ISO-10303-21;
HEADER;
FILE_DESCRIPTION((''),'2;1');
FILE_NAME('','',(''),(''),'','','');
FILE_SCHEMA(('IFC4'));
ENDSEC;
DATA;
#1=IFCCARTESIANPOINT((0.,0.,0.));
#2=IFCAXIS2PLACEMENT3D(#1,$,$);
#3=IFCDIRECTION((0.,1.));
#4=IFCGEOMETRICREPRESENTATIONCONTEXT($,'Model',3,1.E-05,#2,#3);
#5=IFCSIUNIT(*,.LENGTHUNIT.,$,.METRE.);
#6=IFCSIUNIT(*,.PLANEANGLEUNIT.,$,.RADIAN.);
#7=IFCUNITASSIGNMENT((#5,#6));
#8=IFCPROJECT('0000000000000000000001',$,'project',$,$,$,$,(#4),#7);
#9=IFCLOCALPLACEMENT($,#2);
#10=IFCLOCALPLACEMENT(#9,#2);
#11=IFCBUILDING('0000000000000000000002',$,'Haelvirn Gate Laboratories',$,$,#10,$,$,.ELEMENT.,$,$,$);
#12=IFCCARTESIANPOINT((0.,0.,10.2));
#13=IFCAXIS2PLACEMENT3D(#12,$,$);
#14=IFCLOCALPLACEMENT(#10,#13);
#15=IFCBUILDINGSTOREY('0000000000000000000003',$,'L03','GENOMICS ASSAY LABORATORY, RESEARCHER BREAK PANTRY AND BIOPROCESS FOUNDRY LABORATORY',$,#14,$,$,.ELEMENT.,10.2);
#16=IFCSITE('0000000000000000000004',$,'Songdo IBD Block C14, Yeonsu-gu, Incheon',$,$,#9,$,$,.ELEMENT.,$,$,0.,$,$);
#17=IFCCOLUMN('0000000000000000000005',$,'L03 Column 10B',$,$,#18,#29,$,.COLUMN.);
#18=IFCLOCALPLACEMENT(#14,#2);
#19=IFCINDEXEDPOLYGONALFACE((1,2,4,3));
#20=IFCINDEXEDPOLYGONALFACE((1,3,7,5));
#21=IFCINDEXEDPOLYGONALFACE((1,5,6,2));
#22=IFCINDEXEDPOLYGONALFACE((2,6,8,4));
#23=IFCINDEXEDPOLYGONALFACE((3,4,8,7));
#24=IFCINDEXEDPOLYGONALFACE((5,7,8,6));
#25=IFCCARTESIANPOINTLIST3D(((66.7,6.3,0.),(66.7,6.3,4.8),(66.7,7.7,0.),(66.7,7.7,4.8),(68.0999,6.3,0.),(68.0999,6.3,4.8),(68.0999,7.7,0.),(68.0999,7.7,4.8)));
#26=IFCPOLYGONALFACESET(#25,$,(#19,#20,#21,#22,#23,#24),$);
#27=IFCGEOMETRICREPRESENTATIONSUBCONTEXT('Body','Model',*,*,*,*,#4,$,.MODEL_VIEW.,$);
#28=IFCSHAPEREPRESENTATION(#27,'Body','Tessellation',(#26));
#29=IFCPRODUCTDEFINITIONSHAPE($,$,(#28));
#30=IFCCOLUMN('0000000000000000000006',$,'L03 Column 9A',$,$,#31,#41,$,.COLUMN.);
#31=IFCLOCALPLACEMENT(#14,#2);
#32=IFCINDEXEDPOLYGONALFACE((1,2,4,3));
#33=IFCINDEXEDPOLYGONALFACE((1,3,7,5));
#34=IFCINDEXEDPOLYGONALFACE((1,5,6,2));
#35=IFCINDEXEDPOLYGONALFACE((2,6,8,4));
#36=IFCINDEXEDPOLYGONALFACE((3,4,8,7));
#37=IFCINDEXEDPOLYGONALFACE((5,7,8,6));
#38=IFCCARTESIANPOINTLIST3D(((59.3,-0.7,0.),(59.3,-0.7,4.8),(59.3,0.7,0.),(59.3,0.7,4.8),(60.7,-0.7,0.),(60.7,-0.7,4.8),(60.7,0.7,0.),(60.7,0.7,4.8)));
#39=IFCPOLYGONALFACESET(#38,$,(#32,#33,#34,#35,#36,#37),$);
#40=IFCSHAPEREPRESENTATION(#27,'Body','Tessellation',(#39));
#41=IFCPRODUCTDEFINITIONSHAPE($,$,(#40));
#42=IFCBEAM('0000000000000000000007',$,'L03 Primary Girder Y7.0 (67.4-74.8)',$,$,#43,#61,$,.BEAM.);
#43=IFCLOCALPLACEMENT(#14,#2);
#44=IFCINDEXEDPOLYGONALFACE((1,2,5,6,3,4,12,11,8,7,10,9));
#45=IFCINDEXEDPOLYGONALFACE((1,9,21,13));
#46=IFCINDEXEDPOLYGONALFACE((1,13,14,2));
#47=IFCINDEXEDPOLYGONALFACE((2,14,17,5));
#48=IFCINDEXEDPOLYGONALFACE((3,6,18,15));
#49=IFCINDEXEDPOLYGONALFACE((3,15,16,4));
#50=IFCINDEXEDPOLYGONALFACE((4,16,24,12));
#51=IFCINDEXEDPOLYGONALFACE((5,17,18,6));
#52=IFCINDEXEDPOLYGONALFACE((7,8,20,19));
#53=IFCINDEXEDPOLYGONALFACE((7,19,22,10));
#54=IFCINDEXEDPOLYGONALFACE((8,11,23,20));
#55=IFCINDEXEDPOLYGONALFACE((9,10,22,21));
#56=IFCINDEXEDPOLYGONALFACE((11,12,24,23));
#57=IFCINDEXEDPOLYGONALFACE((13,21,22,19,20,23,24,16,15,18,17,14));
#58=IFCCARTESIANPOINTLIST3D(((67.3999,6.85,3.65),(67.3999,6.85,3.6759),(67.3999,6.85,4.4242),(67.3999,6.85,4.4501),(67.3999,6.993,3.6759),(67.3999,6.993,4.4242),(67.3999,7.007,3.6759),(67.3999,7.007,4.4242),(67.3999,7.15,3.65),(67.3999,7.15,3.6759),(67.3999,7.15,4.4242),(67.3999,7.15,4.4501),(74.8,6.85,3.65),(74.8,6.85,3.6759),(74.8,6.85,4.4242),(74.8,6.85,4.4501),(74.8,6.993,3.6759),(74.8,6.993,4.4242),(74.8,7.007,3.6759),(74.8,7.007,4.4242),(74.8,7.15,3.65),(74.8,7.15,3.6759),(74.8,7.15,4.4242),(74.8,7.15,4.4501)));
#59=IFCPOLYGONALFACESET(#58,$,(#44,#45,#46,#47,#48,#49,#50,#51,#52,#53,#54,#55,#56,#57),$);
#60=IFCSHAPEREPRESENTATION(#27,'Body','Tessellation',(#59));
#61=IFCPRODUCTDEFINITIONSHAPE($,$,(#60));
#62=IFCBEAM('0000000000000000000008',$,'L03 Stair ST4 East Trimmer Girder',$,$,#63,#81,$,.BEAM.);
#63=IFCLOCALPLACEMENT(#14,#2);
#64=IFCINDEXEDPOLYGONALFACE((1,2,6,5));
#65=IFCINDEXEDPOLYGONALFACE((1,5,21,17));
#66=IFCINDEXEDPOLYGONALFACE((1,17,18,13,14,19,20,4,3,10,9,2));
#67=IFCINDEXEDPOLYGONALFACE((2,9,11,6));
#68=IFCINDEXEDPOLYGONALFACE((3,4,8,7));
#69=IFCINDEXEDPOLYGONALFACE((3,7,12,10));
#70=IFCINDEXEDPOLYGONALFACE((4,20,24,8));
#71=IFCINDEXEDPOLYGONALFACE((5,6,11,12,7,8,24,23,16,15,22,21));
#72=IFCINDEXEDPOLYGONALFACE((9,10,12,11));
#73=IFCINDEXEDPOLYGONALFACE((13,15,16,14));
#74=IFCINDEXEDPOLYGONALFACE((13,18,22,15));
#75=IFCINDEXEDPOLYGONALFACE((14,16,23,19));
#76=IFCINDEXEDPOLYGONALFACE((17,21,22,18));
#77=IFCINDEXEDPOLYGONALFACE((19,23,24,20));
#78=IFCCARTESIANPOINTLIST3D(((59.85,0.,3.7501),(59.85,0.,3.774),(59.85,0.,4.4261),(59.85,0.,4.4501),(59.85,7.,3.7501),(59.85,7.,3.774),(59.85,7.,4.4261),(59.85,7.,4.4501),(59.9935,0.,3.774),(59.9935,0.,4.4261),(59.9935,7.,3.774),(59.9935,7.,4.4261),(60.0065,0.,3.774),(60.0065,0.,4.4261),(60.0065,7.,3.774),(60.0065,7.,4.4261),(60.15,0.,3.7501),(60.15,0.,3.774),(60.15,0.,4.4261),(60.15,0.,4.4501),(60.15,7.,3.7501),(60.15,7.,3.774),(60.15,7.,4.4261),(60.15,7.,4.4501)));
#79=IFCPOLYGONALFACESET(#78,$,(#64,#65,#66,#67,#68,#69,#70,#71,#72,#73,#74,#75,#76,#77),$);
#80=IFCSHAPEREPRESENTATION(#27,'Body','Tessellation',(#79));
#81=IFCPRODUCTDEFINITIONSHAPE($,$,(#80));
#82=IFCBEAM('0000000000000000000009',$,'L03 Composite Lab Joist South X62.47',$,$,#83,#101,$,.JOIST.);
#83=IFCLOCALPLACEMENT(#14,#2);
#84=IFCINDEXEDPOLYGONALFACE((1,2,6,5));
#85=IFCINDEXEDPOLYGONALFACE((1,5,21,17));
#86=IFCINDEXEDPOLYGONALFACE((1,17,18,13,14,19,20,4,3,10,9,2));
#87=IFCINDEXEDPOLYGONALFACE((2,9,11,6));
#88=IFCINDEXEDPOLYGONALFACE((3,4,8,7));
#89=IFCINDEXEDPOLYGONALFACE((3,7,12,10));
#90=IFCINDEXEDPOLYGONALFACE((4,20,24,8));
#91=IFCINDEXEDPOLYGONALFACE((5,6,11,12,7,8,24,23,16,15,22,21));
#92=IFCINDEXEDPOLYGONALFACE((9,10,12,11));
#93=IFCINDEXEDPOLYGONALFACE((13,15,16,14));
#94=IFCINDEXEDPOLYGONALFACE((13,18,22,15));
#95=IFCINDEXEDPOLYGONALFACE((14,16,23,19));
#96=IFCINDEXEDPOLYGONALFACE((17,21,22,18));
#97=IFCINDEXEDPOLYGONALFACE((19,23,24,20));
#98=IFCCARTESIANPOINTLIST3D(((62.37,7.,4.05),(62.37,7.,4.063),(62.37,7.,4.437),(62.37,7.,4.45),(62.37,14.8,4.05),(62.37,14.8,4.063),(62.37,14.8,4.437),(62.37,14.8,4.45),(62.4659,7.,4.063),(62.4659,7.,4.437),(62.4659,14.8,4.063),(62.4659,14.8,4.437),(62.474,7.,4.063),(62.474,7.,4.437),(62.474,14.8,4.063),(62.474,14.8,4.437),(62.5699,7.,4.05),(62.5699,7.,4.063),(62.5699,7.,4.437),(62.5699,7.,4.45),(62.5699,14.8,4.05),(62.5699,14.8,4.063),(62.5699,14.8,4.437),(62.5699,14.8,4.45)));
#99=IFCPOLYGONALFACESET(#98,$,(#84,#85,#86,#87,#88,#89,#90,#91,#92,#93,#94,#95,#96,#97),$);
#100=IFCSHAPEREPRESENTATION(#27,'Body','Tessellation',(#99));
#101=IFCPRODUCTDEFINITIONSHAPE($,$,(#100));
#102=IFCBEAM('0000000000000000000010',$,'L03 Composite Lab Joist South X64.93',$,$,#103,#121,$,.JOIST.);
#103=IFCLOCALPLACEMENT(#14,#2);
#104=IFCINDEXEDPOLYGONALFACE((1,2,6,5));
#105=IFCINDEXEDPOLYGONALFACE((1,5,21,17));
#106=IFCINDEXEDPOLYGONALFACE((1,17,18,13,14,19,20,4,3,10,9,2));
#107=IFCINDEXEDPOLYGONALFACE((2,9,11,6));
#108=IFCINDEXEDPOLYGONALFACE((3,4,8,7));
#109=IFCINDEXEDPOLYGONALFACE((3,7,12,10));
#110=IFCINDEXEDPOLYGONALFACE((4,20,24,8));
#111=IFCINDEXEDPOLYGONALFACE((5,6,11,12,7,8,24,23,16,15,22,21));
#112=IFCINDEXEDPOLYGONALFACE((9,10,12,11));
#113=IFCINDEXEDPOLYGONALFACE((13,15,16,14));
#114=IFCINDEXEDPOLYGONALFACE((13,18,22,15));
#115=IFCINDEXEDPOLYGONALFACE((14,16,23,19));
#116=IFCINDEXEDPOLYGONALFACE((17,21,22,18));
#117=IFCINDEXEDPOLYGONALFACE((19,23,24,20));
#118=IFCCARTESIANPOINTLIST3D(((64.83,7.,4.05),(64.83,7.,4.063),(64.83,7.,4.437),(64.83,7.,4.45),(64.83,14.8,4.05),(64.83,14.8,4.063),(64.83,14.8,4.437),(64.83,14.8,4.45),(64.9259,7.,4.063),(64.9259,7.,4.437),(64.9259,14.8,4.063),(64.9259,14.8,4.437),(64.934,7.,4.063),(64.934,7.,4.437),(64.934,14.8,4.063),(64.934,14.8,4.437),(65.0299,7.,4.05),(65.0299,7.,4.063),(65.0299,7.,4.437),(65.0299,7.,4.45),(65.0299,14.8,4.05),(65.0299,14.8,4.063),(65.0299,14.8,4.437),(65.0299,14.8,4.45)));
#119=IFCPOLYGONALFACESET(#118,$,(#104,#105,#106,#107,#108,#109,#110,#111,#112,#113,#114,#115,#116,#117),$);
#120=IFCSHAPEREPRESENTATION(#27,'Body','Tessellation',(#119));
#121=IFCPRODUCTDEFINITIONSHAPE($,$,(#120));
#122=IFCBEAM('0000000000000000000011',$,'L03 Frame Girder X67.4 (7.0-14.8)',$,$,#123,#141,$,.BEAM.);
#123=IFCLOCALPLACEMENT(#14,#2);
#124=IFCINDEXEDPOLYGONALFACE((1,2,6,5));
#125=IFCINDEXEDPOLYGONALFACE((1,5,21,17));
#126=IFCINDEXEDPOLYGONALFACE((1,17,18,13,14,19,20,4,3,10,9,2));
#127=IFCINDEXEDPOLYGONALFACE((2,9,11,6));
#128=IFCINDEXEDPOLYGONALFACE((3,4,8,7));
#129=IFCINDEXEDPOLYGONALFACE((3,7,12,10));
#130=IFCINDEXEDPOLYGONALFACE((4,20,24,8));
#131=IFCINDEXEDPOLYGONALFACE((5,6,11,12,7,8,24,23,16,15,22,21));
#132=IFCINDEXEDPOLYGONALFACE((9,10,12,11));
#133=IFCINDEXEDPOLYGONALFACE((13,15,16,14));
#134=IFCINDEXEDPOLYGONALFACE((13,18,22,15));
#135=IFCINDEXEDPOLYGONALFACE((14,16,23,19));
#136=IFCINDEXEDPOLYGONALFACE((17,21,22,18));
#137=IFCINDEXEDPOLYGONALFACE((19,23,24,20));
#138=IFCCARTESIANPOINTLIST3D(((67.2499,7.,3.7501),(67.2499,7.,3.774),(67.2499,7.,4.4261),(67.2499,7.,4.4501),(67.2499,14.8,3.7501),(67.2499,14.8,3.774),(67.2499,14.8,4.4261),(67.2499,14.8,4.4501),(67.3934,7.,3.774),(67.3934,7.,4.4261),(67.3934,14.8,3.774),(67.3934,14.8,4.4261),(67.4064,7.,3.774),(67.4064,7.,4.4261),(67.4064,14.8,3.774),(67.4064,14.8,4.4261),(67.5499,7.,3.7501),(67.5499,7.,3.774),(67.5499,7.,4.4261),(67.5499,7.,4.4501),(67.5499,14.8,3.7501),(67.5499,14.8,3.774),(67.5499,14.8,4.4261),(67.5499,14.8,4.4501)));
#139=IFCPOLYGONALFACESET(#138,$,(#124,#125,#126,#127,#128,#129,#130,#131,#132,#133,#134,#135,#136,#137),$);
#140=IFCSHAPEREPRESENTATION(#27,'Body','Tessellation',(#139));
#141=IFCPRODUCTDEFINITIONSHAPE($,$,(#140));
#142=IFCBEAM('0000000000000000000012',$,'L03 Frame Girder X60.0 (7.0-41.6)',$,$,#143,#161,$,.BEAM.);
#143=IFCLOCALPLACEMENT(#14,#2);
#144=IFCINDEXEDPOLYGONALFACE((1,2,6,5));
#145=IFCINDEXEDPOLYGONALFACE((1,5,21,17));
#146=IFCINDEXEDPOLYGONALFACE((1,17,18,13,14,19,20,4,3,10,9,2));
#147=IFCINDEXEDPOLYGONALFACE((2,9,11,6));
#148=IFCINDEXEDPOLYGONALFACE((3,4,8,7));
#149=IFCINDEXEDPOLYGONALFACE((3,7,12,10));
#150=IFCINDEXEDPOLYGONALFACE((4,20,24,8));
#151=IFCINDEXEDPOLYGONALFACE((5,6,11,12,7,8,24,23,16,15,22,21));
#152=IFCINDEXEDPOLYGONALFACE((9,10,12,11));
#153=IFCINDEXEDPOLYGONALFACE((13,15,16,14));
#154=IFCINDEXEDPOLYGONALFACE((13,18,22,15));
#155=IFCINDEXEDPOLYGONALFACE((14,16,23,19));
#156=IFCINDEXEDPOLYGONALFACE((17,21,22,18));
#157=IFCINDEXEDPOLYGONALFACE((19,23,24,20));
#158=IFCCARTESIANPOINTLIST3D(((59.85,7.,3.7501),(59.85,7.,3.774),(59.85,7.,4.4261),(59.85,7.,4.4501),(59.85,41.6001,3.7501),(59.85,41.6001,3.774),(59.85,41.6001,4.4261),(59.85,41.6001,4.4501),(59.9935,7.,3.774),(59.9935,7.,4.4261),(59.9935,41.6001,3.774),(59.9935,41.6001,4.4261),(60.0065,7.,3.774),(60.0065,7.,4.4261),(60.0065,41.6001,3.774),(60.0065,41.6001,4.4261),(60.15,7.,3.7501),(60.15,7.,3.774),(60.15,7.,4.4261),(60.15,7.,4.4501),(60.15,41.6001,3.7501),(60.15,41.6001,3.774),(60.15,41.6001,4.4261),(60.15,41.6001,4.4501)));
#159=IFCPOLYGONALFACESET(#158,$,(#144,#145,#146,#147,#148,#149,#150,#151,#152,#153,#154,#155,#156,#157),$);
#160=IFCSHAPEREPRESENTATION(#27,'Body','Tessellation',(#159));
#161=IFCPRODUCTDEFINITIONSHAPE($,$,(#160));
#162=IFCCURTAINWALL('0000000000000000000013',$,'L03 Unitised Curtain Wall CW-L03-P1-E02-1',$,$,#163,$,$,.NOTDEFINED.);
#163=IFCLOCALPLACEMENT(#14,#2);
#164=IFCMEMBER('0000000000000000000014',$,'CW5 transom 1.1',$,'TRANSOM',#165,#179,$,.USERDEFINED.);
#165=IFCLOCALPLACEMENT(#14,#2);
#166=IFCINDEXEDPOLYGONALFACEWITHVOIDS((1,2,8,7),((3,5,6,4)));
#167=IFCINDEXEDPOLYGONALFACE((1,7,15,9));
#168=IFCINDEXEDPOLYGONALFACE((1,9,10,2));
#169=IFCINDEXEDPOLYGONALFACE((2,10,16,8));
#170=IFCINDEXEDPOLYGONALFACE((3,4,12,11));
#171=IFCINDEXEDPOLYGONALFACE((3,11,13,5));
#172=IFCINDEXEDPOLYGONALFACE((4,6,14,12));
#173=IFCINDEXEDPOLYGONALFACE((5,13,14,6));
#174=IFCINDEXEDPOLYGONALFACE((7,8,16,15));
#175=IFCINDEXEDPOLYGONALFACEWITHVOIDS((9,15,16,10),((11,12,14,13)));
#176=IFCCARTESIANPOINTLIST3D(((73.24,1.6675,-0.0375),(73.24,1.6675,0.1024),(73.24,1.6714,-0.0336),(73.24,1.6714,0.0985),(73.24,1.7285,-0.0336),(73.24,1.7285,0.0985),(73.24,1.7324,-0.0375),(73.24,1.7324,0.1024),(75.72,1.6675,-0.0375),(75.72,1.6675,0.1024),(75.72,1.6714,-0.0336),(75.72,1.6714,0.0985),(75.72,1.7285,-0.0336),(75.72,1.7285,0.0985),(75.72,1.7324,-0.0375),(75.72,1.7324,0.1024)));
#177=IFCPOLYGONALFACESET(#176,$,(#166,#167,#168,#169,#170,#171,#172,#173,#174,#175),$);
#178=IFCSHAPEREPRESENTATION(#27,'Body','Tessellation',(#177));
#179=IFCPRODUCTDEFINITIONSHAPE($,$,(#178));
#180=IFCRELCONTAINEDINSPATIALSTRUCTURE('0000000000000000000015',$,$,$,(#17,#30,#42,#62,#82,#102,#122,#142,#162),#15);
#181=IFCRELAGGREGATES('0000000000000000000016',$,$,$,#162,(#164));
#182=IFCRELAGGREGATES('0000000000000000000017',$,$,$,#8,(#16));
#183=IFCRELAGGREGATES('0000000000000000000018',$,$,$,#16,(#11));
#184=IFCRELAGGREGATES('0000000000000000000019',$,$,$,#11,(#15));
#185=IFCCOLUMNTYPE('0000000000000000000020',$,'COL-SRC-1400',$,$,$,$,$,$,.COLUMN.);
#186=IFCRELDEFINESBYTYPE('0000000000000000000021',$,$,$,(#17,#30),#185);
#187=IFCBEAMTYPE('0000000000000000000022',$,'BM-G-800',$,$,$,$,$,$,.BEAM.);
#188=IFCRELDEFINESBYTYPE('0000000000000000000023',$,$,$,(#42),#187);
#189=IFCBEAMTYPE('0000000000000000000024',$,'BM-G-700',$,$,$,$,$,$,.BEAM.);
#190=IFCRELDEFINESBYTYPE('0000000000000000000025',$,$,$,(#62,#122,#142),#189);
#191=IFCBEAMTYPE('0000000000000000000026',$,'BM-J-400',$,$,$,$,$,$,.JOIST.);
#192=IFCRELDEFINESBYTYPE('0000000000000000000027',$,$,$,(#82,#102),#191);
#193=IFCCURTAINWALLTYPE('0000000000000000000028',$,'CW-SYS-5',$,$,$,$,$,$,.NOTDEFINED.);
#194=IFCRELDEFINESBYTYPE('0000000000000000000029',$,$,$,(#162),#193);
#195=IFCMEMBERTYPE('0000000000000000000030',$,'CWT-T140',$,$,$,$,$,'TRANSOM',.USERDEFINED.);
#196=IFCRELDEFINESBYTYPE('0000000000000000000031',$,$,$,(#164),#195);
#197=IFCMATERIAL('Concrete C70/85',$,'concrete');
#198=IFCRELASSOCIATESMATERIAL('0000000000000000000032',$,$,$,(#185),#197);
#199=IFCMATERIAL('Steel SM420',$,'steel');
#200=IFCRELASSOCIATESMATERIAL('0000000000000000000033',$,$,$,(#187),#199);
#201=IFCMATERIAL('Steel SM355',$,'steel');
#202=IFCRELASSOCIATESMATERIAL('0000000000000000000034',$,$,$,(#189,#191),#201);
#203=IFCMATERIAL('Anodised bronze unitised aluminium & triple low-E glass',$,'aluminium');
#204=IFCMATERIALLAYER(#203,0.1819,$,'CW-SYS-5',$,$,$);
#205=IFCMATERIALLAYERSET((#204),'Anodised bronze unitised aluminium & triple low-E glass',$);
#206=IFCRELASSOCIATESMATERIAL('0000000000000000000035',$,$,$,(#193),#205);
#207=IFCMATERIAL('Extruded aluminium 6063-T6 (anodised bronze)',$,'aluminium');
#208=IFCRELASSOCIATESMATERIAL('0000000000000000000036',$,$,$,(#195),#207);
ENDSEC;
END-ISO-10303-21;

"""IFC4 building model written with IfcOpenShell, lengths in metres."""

from ifc_helpers import new_model, si_unit, direction, frame, origin, origin_2d, place, context, subcontext, project, spatial, rectangle, hollow_rectangle, i_section, extrude, source, transform, mapped, material, layer, layer_set, material_profile, profile_set, type_object, type_shapes, element, aggregate, save


model = new_model("IFC4")

# Units and contexts
model_context = context("Model", 3, precision=1e-05, world=origin(), true_north=direction((0.0, 1.0)))
body_context = subcontext(model_context, "Body", "Model", "MODEL_VIEW")
ifc_project = project(units=[si_unit("LENGTHUNIT", "METRE"), si_unit("PLANEANGLEUNIT", "RADIAN")], contexts=[model_context])

# Site, building, storey
site_placement = place(None, origin())
site = spatial("IfcSite", under=ifc_project, at=site_placement, Name="Songdo IBD Block C14, Yeonsu-gu, Incheon", CompositionType="ELEMENT", RefElevation=0.0)
building_placement = place(site_placement, origin())
building = spatial("IfcBuilding", under=site, at=building_placement, Name="Haelvirn Gate Laboratories", CompositionType="ELEMENT")
storey_placement = place(building_placement, frame((0.0, 0.0, 10.2)))
storey = spatial("IfcBuildingStorey", under=building, at=storey_placement, Name="L03", Description="GENOMICS ASSAY LABORATORY, RESEARCHER BREAK PANTRY AND BIOPROCESS FOUNDRY LABORATORY", CompositionType="ELEMENT", Elevation=10.2)

# Columns
ifc_material_1 = material(Name="Concrete C70/85", Category="concrete")
ifc_material_profile_1 = material_profile(ifc_material_1, rectangle(XDim=1.3999, YDim=1.3999, at=origin_2d()), Name="SRC-1400x1400")
ifc_profile_set_1 = profile_set([ifc_material_profile_1], Name="Concrete C70/85")
column_type = type_object("IfcColumnType", Name="COL-SRC-1400", PredefinedType="COLUMN", material=ifc_profile_set_1)
shared_shape_1 = source(origin(), body_context, "Body", "SweptSolid", [
    extrude(rectangle(XDim=1.3999, YDim=1.3999, at=origin_2d()), origin(), (0.0, 0.0, 1.0), 4.8),
])
type_shapes(column_type, [shared_shape_1])
for number, where, z_axis, x_axis, name in (
    (1, (67.3999, 7.0, 0.0), (0.0, 0.0, 1.0), (1.0, 0.0, 0.0), "L03 Column 10B"),
    (2, (60.0, 0.0, 0.0), (0.0, 0.0, 1.0), (1.0, 0.0, 0.0), "L03 Column 9A"),
):
    element("IfcColumn", number, at=place(storey_placement, frame(where, z_axis=z_axis, x_axis=x_axis)), inside=storey, type_object=column_type, Name=name, PredefinedType="COLUMN", context=body_context, shape_type="MappedRepresentation", body=[
        mapped(shared_shape_1, transform((0.0, 0.0, 0.0), scale=1.0)),
    ])

# Beams
ifc_material_2 = material(Name="Steel SM420", Category="steel")
ifc_material_profile_2 = material_profile(ifc_material_2, i_section(OverallWidth=0.3, OverallDepth=0.8, WebThickness=0.0139, FlangeThickness=0.0259, at=origin_2d()), Name="H-800x300x14x26")
ifc_profile_set_2 = profile_set([ifc_material_profile_2], Name="Steel SM420")
beam_type_1 = type_object("IfcBeamType", Name="BM-G-800", PredefinedType="BEAM", material=ifc_profile_set_2)
shared_shape_2 = source(origin(), body_context, "Body", "SweptSolid", [
    extrude(i_section(OverallWidth=0.3, OverallDepth=0.8, WebThickness=0.0139, FlangeThickness=0.0259, at=origin_2d()), origin(), (0.0, 0.0, 1.0), 7.4001),
])
type_shapes(beam_type_1, [shared_shape_2])
beam_1_placement = place(storey_placement, frame((67.3999, 7.0, 4.05), z_axis=(1.0, 0.0, 0.0), x_axis=(0.0, 1.0, 0.0)))
element("IfcBeam", 3, at=beam_1_placement, inside=storey, type_object=beam_type_1, Name="L03 Primary Girder Y7.0 (67.4-74.8)", PredefinedType="BEAM", context=body_context, shape_type="MappedRepresentation", body=[
    mapped(shared_shape_2, transform((0.0, 0.0, 0.0), scale=1.0)),
])
ifc_material_3 = material(Name="Steel SM355", Category="steel")
ifc_material_profile_3 = material_profile(ifc_material_3, i_section(OverallWidth=0.3, OverallDepth=0.7, WebThickness=0.0129, FlangeThickness=0.0239, at=origin_2d()), Name="H-700x300x13x24")
ifc_profile_set_3 = profile_set([ifc_material_profile_3], Name="Steel SM355")
beam_type_2 = type_object("IfcBeamType", Name="BM-G-700", PredefinedType="BEAM", material=ifc_profile_set_3)
shared_shape_3 = source(origin(), body_context, "Body", "SweptSolid", [
    extrude(i_section(OverallWidth=0.3, OverallDepth=0.7, WebThickness=0.0129, FlangeThickness=0.0239, at=origin_2d()), origin(), (0.0, 0.0, 1.0), 7.0),
])
beam_2_placement = place(storey_placement, frame((60.0, 0.0, 4.1001), z_axis=(0.0, 1.0, 0.0), x_axis=(-1.0, 0.0, 0.0)))
element("IfcBeam", 4, at=beam_2_placement, inside=storey, type_object=beam_type_2, Name="L03 Stair ST4 East Trimmer Girder", PredefinedType="BEAM", context=body_context, shape_type="MappedRepresentation", body=[
    mapped(shared_shape_3, transform((0.0, 0.0, 0.0), scale=1.0)),
])
ifc_material_profile_4 = material_profile(ifc_material_3, i_section(OverallWidth=0.2, OverallDepth=0.3999, WebThickness=0.0081, FlangeThickness=0.0129, at=origin_2d()), Name="H-400x200x8x13")
ifc_profile_set_4 = profile_set([ifc_material_profile_4], Name="Steel SM355")
beam_type_3 = type_object("IfcBeamType", Name="BM-J-400", PredefinedType="JOIST", material=ifc_profile_set_4)
shared_shape_4 = source(origin(), body_context, "Body", "SweptSolid", [
    extrude(i_section(OverallWidth=0.2, OverallDepth=0.3999, WebThickness=0.0081, FlangeThickness=0.0129, at=origin_2d()), origin(), (0.0, 0.0, 1.0), 7.8),
])
type_shapes(beam_type_3, [shared_shape_4])
for number, where, z_axis, x_axis, name in (
    (5, (62.47, 7.0, 4.25), (0.0, 1.0, 0.0), (-1.0, 0.0, 0.0), "L03 Composite Lab Joist South X62.47"),
    (6, (64.9299, 7.0, 4.25), (0.0, 1.0, 0.0), (-1.0, 0.0, 0.0), "L03 Composite Lab Joist South X64.93"),
):
    element("IfcBeam", number, at=place(storey_placement, frame(where, z_axis=z_axis, x_axis=x_axis)), inside=storey, type_object=beam_type_3, Name=name, PredefinedType="JOIST", context=body_context, shape_type="MappedRepresentation", body=[
        mapped(shared_shape_4, transform((0.0, 0.0, 0.0), scale=1.0)),
    ])
shared_shape_5 = source(origin(), body_context, "Body", "SweptSolid", [
    extrude(i_section(OverallWidth=0.3, OverallDepth=0.7, WebThickness=0.0129, FlangeThickness=0.0239, at=origin_2d()), origin(), (0.0, 0.0, 1.0), 7.8),
])
beam_3_placement = place(storey_placement, frame((67.3999, 7.0, 4.1001), z_axis=(0.0, 1.0, 0.0), x_axis=(-1.0, 0.0, 0.0)))
element("IfcBeam", 7, at=beam_3_placement, inside=storey, type_object=beam_type_2, Name="L03 Frame Girder X67.4 (7.0-14.8)", PredefinedType="BEAM", context=body_context, shape_type="MappedRepresentation", body=[
    mapped(shared_shape_5, transform((0.0, 0.0, 0.0), scale=1.0)),
])
shared_shape_6 = source(origin(), body_context, "Body", "SweptSolid", [
    extrude(i_section(OverallWidth=0.3, OverallDepth=0.7, WebThickness=0.0129, FlangeThickness=0.0239, at=origin_2d()), origin(), (0.0, 0.0, 1.0), 34.6001),
])
type_shapes(beam_type_2, [shared_shape_3, shared_shape_5, shared_shape_6])
beam_4_placement = place(storey_placement, frame((60.0, 7.0, 4.1001), z_axis=(0.0, 1.0, 0.0), x_axis=(-1.0, 0.0, 0.0)))
element("IfcBeam", 8, at=beam_4_placement, inside=storey, type_object=beam_type_2, Name="L03 Frame Girder X60.0 (7.0-41.6)", PredefinedType="BEAM", context=body_context, shape_type="MappedRepresentation", body=[
    mapped(shared_shape_6, transform((0.0, 0.0, 0.0), scale=1.0)),
])

# Curtain wall, member
ifc_material_4 = material(Name="Anodised bronze unitised aluminium & triple low-E glass", Category="aluminium")
ifc_layer_1 = layer(ifc_material_4, 0.1819, Name="CW-SYS-5")
ifc_layer_set_1 = layer_set([ifc_layer_1], Name="Anodised bronze unitised aluminium & triple low-E glass")
curtain_wall_type_1 = type_object("IfcCurtainWallType", Name="CW-SYS-5", PredefinedType="NOTDEFINED", material=ifc_layer_set_1)
curtain_wall_1_placement = place(storey_placement, origin())
curtain_wall_1 = element("IfcCurtainWall", 9, at=curtain_wall_1_placement, inside=storey, type_object=curtain_wall_type_1, Name="L03 Unitised Curtain Wall CW-L03-P1-E02-1", PredefinedType="NOTDEFINED")
ifc_material_5 = material(Name="Extruded aluminium 6063-T6 (anodised bronze)", Category="aluminium")
ifc_material_profile_5 = material_profile(ifc_material_5, hollow_rectangle(XDim=0.0649, YDim=0.1399, WallThickness=0.0039, at=origin_2d()), Name="CWT-140x65x4")
ifc_profile_set_5 = profile_set([ifc_material_profile_5], Name="Extruded aluminium 6063-T6 (anodised bronze)")
member_type_1 = type_object("IfcMemberType", Name="CWT-T140", ElementType="TRANSOM", PredefinedType="USERDEFINED", material=ifc_profile_set_5)
shared_shape_7 = source(origin(), body_context, "Body", "SweptSolid", [
    extrude(hollow_rectangle(XDim=0.0649, YDim=0.1399, WallThickness=0.0039, at=origin_2d()), origin(), (0.0, 0.0, 1.0), 2.48),
])
type_shapes(member_type_1, [shared_shape_7])
member_1_placement = place(storey_placement, frame((73.24, 1.7, 0.0325), z_axis=(1.0, 0.0, 0.0), x_axis=(0.0, 1.0, 0.0)))
member_1 = element("IfcMember", 10, at=member_1_placement, type_object=member_type_1, Name="CW5 transom 1.1", ObjectType="TRANSOM", PredefinedType="USERDEFINED", context=body_context, shape_type="MappedRepresentation", body=[
    mapped(shared_shape_7, transform((0.0, 0.0, 0.0), scale=1.0)),
])

aggregate(curtain_wall_1, [member_1])

save(model, "model.ifc")
